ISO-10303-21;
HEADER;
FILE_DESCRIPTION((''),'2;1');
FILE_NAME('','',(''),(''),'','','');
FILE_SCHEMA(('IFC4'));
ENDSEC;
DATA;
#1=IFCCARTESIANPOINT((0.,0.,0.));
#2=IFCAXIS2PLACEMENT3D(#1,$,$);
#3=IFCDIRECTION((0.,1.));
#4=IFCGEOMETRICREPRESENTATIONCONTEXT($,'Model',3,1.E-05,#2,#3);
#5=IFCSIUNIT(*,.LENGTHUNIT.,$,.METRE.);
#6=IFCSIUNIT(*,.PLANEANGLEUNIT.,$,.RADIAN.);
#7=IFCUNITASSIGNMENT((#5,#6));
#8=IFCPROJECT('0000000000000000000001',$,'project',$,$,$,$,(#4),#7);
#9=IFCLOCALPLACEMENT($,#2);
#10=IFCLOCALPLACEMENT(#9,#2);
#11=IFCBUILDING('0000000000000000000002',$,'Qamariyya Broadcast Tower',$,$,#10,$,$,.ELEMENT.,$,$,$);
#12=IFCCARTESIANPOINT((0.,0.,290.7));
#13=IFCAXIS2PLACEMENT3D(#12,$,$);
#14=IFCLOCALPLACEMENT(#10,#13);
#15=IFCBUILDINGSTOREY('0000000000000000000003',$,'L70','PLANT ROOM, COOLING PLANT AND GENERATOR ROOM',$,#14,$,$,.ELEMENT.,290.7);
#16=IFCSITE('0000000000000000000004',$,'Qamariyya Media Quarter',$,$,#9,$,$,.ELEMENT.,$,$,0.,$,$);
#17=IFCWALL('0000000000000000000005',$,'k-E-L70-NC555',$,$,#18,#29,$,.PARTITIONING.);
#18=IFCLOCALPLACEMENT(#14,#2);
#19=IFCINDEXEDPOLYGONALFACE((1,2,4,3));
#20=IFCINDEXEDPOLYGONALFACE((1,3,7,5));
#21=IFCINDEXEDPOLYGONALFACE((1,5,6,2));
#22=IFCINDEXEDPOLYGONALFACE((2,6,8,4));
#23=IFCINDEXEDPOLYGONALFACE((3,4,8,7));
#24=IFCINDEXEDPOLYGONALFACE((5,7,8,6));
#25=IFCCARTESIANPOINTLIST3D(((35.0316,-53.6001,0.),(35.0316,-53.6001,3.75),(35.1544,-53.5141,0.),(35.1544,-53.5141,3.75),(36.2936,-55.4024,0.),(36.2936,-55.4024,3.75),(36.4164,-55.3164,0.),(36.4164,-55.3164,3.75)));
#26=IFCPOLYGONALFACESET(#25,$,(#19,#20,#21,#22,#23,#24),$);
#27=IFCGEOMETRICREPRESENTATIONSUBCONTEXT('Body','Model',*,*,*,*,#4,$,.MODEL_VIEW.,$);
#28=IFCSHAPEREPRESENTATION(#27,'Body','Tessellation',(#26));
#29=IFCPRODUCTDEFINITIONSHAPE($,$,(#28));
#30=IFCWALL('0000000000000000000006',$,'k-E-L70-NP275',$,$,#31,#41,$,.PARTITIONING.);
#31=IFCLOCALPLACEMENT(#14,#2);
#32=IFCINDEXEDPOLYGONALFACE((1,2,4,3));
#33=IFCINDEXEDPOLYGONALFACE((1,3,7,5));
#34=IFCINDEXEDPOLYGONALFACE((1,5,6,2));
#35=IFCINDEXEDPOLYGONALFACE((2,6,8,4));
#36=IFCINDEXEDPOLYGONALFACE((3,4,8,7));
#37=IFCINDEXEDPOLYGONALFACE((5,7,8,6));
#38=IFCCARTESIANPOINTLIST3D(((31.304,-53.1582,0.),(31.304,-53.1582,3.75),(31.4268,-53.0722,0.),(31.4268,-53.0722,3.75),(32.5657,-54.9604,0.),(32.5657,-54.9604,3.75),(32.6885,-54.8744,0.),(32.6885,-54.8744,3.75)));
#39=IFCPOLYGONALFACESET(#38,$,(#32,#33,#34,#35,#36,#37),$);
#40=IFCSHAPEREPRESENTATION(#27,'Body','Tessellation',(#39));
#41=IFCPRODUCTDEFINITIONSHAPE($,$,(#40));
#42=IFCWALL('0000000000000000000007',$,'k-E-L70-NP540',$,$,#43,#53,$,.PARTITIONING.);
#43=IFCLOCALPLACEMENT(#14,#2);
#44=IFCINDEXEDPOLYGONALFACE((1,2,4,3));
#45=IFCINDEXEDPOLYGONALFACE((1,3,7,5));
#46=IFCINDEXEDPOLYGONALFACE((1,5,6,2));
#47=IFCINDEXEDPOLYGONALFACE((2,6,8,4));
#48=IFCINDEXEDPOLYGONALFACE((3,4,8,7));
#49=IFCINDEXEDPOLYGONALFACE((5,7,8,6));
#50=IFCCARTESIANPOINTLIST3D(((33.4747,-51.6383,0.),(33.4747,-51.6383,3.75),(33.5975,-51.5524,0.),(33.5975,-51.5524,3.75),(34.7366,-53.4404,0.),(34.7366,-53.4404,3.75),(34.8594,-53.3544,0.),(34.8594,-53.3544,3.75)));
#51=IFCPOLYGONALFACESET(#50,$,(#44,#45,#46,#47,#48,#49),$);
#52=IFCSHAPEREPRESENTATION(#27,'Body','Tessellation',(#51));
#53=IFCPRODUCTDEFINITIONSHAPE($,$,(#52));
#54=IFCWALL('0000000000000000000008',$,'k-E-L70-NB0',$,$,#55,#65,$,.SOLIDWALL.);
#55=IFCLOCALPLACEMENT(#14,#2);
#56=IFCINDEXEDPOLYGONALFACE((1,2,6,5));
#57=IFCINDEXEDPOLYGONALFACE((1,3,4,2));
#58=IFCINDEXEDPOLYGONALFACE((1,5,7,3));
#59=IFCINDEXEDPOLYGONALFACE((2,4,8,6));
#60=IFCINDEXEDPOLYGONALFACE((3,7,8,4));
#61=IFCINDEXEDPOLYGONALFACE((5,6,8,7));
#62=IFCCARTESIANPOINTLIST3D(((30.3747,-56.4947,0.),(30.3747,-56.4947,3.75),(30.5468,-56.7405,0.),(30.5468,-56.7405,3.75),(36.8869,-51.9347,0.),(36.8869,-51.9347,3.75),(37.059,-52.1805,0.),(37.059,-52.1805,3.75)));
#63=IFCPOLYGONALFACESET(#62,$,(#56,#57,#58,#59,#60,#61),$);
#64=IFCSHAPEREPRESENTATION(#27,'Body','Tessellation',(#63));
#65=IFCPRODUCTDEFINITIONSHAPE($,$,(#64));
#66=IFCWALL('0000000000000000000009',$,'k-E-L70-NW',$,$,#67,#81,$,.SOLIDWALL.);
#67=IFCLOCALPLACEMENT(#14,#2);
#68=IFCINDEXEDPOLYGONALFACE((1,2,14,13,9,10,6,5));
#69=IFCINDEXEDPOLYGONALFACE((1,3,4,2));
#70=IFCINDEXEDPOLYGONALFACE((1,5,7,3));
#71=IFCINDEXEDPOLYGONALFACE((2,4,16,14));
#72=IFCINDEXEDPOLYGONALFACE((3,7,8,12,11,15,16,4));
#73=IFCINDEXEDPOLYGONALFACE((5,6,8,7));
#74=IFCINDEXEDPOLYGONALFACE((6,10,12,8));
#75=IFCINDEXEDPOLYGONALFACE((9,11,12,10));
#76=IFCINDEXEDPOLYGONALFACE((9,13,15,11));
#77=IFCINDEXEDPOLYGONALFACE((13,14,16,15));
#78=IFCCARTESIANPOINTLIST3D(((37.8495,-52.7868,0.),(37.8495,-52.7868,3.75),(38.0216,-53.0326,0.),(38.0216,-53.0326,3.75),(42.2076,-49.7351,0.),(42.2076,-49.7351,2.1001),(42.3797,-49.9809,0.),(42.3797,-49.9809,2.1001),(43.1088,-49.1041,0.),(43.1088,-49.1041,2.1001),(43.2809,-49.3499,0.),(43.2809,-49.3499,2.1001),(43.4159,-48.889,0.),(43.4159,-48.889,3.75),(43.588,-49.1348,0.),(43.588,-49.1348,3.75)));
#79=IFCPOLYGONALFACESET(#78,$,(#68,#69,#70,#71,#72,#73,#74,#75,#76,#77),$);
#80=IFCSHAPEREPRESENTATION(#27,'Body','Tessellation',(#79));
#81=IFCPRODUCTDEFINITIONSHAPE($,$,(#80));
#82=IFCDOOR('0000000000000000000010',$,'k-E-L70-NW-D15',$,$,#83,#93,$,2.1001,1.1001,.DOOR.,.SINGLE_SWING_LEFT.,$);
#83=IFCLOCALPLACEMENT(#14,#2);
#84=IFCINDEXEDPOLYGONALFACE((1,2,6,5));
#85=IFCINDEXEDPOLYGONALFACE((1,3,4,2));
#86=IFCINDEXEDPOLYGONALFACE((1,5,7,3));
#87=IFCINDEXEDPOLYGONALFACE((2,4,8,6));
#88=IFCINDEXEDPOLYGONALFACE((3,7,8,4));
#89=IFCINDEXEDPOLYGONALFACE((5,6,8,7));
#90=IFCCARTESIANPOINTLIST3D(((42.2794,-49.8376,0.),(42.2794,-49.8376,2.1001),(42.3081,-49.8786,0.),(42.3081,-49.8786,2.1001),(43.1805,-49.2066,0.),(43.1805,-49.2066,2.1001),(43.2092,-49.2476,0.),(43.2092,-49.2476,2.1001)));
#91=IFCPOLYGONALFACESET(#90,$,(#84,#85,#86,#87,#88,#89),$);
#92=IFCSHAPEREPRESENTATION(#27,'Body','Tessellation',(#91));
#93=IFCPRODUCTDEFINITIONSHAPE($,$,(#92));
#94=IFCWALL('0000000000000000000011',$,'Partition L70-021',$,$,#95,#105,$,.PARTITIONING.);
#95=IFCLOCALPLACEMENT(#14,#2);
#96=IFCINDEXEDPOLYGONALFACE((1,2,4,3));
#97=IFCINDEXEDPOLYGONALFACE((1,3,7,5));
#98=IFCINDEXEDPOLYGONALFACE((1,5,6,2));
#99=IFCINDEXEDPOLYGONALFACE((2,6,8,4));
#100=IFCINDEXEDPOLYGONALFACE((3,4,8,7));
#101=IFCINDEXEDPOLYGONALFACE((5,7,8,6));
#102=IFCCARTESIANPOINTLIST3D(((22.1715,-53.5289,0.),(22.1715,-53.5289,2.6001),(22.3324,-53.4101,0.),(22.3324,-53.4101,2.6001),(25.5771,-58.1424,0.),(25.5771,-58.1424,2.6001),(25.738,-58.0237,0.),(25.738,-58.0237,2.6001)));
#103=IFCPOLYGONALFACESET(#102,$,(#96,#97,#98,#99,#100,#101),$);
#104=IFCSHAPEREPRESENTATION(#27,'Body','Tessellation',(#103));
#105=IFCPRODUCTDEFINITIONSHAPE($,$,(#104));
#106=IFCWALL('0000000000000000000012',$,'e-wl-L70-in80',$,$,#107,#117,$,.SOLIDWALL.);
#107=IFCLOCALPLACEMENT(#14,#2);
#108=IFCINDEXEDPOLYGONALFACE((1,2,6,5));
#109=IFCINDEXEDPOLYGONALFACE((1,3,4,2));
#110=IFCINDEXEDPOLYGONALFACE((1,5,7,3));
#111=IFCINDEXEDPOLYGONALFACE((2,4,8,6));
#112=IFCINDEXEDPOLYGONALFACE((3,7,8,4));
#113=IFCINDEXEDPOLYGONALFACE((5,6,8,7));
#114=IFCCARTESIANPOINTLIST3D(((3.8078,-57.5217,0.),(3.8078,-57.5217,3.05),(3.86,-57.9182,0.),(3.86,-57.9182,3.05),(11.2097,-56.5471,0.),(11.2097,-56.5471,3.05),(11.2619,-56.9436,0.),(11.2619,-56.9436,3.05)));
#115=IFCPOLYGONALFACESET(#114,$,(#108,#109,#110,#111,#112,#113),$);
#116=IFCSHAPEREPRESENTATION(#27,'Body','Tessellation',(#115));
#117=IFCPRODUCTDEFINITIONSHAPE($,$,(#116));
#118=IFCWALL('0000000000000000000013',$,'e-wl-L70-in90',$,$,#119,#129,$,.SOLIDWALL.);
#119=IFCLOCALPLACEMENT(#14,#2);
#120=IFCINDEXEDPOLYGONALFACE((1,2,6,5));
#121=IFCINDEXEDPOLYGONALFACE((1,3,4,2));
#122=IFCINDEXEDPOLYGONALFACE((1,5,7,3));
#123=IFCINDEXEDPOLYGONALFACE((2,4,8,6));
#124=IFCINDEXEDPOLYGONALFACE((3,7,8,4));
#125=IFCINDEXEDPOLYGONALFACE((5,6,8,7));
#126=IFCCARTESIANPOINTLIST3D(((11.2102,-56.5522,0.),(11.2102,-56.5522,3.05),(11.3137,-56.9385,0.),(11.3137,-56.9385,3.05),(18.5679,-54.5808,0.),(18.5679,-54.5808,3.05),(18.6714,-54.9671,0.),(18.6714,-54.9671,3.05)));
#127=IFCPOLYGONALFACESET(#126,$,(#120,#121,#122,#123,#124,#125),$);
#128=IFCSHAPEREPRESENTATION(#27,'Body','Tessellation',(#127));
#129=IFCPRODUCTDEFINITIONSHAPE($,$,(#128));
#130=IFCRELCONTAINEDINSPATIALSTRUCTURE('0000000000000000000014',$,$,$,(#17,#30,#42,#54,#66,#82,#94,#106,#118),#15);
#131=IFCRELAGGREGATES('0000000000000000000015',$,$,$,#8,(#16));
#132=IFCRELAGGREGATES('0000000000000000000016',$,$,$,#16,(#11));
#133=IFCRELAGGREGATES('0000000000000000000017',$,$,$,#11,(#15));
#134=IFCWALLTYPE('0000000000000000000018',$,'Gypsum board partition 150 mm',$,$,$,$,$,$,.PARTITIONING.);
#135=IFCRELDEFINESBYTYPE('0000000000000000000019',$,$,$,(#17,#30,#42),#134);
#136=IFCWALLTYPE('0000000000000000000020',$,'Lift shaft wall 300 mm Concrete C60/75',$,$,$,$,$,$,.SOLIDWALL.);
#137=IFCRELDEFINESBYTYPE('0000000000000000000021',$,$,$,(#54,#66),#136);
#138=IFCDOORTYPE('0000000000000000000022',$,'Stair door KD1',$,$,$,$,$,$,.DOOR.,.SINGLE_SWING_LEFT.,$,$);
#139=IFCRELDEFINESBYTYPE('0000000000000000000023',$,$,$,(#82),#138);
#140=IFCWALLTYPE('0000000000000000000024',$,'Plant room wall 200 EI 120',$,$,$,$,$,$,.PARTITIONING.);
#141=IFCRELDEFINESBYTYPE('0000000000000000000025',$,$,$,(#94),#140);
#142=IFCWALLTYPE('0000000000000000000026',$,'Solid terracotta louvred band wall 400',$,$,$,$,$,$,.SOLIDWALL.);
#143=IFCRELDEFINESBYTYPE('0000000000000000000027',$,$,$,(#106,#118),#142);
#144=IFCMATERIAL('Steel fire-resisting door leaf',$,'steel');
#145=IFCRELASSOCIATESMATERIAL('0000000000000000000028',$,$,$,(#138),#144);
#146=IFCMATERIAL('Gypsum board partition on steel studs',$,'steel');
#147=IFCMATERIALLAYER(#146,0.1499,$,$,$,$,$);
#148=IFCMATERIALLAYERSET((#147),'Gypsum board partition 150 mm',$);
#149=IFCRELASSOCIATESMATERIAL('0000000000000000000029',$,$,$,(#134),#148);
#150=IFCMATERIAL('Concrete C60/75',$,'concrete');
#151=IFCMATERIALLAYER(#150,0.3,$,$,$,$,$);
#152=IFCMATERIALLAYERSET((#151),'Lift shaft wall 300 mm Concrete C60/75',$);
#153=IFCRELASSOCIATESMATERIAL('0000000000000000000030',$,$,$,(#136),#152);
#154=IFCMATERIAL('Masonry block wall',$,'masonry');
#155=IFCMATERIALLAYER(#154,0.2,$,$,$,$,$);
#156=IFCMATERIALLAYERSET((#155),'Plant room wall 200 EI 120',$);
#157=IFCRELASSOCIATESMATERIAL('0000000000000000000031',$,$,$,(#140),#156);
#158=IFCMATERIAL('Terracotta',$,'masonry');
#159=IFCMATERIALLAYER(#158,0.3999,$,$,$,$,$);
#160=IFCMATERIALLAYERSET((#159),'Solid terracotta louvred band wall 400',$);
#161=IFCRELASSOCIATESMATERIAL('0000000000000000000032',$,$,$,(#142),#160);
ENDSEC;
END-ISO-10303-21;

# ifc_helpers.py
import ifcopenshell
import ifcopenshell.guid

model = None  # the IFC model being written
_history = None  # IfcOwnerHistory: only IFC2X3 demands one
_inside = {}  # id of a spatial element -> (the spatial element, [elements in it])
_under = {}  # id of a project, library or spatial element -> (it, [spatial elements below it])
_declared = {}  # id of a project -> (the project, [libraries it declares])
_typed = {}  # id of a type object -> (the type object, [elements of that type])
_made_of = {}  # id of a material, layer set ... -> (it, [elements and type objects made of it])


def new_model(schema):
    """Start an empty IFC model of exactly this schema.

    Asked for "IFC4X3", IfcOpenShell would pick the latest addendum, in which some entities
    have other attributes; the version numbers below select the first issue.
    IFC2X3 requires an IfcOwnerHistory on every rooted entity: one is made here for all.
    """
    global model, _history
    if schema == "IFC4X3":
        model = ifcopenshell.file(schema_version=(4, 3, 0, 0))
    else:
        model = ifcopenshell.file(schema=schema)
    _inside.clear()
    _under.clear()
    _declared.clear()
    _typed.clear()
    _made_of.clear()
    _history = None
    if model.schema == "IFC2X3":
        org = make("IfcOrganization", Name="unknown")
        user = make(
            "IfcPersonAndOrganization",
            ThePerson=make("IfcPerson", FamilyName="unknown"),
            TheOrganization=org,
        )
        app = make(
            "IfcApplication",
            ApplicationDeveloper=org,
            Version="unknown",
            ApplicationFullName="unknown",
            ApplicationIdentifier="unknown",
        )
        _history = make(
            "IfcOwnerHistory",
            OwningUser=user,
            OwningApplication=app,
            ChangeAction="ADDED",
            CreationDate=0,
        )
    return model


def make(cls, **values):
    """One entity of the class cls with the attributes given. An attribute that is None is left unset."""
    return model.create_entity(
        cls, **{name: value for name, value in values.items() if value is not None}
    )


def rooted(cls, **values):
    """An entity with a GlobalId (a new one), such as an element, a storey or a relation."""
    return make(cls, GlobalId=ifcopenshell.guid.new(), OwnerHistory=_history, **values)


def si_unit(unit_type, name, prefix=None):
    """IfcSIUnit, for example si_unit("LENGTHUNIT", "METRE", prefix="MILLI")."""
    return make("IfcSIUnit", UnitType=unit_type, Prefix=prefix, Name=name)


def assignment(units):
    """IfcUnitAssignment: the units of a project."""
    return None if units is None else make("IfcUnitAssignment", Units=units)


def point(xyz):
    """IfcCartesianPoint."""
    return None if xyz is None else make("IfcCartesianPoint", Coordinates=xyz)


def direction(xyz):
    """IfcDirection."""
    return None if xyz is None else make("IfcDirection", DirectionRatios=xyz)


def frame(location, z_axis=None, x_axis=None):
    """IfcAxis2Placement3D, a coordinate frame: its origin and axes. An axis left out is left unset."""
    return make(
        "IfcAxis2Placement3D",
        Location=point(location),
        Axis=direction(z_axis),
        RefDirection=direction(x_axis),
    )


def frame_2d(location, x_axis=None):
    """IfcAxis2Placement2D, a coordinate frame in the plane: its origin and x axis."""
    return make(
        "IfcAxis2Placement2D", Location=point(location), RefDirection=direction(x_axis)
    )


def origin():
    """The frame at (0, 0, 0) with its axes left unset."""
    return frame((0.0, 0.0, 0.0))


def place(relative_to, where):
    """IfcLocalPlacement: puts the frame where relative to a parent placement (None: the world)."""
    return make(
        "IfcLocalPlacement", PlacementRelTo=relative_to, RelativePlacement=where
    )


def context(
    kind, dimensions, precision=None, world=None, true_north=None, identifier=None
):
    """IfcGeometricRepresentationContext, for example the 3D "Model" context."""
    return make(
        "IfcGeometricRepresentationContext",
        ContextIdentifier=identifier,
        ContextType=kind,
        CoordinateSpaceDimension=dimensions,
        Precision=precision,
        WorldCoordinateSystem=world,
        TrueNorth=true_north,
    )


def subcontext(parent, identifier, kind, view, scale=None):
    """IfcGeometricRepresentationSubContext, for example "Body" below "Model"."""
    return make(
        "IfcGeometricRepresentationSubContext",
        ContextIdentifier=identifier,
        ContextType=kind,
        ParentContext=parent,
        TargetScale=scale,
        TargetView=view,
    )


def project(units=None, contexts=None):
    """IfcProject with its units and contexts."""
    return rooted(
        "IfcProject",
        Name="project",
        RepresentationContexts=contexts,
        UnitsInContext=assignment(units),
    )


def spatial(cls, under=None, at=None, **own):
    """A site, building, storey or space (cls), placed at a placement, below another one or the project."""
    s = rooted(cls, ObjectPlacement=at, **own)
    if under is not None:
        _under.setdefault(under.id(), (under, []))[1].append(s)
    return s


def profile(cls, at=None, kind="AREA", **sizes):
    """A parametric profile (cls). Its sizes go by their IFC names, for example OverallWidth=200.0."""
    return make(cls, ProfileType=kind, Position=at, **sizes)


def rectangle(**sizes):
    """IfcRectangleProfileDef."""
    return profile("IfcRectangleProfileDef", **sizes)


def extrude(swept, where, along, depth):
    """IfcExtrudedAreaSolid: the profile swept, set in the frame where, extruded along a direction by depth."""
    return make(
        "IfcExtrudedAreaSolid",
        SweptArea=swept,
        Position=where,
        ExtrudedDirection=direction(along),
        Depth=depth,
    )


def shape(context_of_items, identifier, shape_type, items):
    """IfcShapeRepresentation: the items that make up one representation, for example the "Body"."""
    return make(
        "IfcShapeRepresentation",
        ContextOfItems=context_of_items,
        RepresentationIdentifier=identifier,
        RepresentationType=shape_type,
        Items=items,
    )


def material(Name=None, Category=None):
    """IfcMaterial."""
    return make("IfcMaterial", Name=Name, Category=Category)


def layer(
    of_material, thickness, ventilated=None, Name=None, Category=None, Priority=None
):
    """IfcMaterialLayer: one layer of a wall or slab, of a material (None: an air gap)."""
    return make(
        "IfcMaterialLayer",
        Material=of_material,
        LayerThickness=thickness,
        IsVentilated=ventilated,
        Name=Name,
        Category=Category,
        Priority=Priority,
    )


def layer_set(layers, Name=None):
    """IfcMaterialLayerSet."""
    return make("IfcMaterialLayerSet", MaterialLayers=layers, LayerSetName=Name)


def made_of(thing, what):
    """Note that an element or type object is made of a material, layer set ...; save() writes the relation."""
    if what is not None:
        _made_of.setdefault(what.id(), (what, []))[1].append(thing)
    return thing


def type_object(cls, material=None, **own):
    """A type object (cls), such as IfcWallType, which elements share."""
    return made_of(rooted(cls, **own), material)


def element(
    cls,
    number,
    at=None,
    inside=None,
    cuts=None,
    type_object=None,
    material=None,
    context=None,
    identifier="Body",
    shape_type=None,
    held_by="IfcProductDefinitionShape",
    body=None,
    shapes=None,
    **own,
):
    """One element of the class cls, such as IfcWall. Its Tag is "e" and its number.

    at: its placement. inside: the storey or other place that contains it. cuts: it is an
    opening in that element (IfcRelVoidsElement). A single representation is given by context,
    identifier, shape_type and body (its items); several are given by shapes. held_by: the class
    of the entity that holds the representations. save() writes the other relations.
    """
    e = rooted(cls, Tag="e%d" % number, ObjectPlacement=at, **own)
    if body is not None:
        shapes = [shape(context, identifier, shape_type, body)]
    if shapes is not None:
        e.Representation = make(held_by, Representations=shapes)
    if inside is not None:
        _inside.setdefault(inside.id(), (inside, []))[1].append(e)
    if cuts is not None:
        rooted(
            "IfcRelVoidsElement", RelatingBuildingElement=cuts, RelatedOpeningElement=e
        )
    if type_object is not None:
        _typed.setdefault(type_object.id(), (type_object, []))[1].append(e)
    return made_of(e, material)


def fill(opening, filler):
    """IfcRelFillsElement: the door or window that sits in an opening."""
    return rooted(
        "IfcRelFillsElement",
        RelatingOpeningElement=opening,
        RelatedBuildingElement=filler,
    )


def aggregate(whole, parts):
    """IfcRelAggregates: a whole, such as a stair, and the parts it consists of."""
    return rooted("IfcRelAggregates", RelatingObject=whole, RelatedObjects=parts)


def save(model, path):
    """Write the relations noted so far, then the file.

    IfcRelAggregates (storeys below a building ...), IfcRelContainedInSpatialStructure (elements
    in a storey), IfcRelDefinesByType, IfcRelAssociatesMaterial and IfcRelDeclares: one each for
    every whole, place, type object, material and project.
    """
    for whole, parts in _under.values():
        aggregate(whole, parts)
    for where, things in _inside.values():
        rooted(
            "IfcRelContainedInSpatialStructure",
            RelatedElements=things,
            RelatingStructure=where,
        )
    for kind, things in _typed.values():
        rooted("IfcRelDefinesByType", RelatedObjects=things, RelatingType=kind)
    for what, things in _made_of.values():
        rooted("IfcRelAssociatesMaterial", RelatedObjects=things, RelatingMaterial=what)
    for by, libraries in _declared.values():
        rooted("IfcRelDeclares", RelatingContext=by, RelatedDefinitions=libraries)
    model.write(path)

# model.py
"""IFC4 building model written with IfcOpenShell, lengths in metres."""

from ifc_helpers import new_model, si_unit, direction, frame, frame_2d, origin, place, context, subcontext, project, spatial, rectangle, extrude, material, layer, layer_set, type_object, element, fill, save


model = new_model("IFC4")

# Units and contexts
model_context = context("Model", 3, precision=1e-05, world=origin(), true_north=direction((0.0, 1.0)))
body_context = subcontext(model_context, "Body", "Model", "MODEL_VIEW")
ifc_project = project(units=[si_unit("LENGTHUNIT", "METRE"), si_unit("PLANEANGLEUNIT", "RADIAN")], contexts=[model_context])

# Site, building, storey
site_placement = place(None, origin())
site = spatial("IfcSite", under=ifc_project, at=site_placement, Name="Qamariyya Media Quarter", CompositionType="ELEMENT", RefElevation=0.0)
building_placement = place(site_placement, origin())
building = spatial("IfcBuilding", under=site, at=building_placement, Name="Qamariyya Broadcast Tower", CompositionType="ELEMENT")
storey_placement = place(building_placement, frame((0.0, 0.0, 290.7)))
storey = spatial("IfcBuildingStorey", under=building, at=storey_placement, Name="L70", Description="PLANT ROOM, COOLING PLANT AND GENERATOR ROOM", CompositionType="ELEMENT", Elevation=290.7)

# Shared definitions
ifc_material_1 = material(Name="Concrete C60/75", Category="concrete")
ifc_material_2 = material(Name="Steel fire-resisting door leaf", Category="steel")
door_type_1 = type_object("IfcDoorType", Name="Stair door KD1", OperationType="SINGLE_SWING_LEFT", PredefinedType="DOOR", material=ifc_material_2)

# Walls
ifc_material_3 = material(Name="Gypsum board partition on steel studs", Category="steel")
ifc_layer_1 = layer(ifc_material_3, 0.1499)
ifc_layer_set_1 = layer_set([ifc_layer_1], Name="Gypsum board partition 150 mm")
wall_type_1 = type_object("IfcWallType", Name="Gypsum board partition 150 mm", PredefinedType="PARTITIONING", material=ifc_layer_set_1)
wall_1_placement = place(storey_placement, frame((36.355, -55.3594, 0.0), z_axis=(0.0, 0.0, 1.0), x_axis=(-0.573581, 0.819149, 0.0)))
element("IfcWall", 1, at=wall_1_placement, inside=storey, type_object=wall_type_1, Name="k-E-L70-NC555", PredefinedType="PARTITIONING", context=body_context, shape_type="SweptSolid", body=[
    extrude(rectangle(XDim=2.2002, YDim=0.1499, at=frame_2d((1.1001, 0.0))), origin(), (0.0, 0.0, 1.0), 3.75),
])
for number, where, z_axis, x_axis, name in (
    (2, (32.6272, -54.9175, 0.0), (0.0, 0.0, 1.0), (-0.573507, 0.819201, 0.0), "k-E-L70-NP275"),
    (3, (34.7981, -53.3975, 0.0), (0.0, 0.0, 1.0), (-0.573634, 0.819112, 0.0), "k-E-L70-NP540"),
):
    element("IfcWall", number, at=place(storey_placement, frame(where, z_axis=z_axis, x_axis=x_axis)), inside=storey, type_object=wall_type_1, Name=name, PredefinedType="PARTITIONING", context=body_context, shape_type="SweptSolid", body=[
        extrude(rectangle(XDim=2.2, YDim=0.1499, at=frame_2d((1.1001, 0.0))), origin(), (0.0, 0.0, 1.0), 3.75),
    ])
ifc_layer_2 = layer(ifc_material_1, 0.3)
ifc_layer_set_2 = layer_set([ifc_layer_2], Name="Lift shaft wall 300 mm Concrete C60/75")
wall_type_2 = type_object("IfcWallType", Name="Lift shaft wall 300 mm Concrete C60/75", PredefinedType="SOLIDWALL", material=ifc_layer_set_2)
wall_2_placement = place(storey_placement, frame((30.4607, -56.6177, 0.0), z_axis=(0.0, 0.0, 1.0), x_axis=(0.819142, 0.57359, 0.0)))
element("IfcWall", 4, at=wall_2_placement, inside=storey, type_object=wall_type_2, Name="k-E-L70-NB0", PredefinedType="SOLIDWALL", context=body_context, shape_type="SweptSolid", body=[
    extrude(rectangle(XDim=7.95, YDim=0.3, at=frame_2d((3.9751, 0.0))), origin(), (0.0, 0.0, 1.0), 3.75),
])

# Wall, opening, door
wall_3_placement = place(storey_placement, frame((37.9355, -52.9097, 0.0), z_axis=(0.0, 0.0, 1.0), x_axis=(0.819148, 0.573583, 0.0)))
wall_3 = element("IfcWall", 5, at=wall_3_placement, inside=storey, type_object=wall_type_2, Name="k-E-L70-NW", PredefinedType="SOLIDWALL", context=body_context, shape_type="SweptSolid", body=[
    extrude(rectangle(XDim=6.7954, YDim=0.3, at=frame_2d((3.3977, 0.0))), origin(), (0.0, 0.0, 1.0), 3.75),
])
opening_1_placement = place(wall_3_placement, frame((5.3203, 0.0, 0.0)))
opening_1 = element("IfcOpeningElement", 6, at=opening_1_placement, cuts=wall_3, PredefinedType="OPENING", context=body_context, shape_type="SweptSolid", body=[
    extrude(rectangle(XDim=1.1001, YDim=2.1001, at=frame_2d((0.55, 1.05))), frame((0.0, 0.1599, 0.0), z_axis=(0.0, -1.0, 0.0), x_axis=(1.0, 0.0, 0.0)), (0.0, 0.0, 1.0), 0.3201),
])
door_1_placement = place(opening_1_placement, origin())
door_1 = element("IfcDoor", 7, at=door_1_placement, inside=storey, type_object=door_type_1, Name="k-E-L70-NW-D15", OperationType="SINGLE_SWING_LEFT", OverallHeight=2.1001, OverallWidth=1.1001, PredefinedType="DOOR", context=body_context, shape_type="SweptSolid", body=[
    extrude(rectangle(XDim=1.1001, YDim=2.1001, at=frame_2d((0.55, 1.05))), frame((0.0, 0.0249, 0.0), z_axis=(0.0, -1.0, 0.0), x_axis=(1.0, 0.0, 0.0)), (0.0, 0.0, 1.0), 0.05),
])
fill(opening_1, door_1)

# Walls
ifc_material_4 = material(Name="Masonry block wall", Category="masonry")
ifc_layer_3 = layer(ifc_material_4, 0.2)
ifc_layer_set_3 = layer_set([ifc_layer_3], Name="Plant room wall 200 EI 120")
wall_type_3 = type_object("IfcWallType", Name="Plant room wall 200 EI 120", PredefinedType="PARTITIONING", material=ifc_layer_set_3)
wall_4_placement = place(storey_placement, frame((22.252, -53.4695, 0.0), z_axis=(0.0, 0.0, 1.0), x_axis=(0.593886, -0.804549, 0.0)))
element("IfcWall", 8, at=wall_4_placement, inside=storey, type_object=wall_type_3, Name="Partition L70-021", PredefinedType="PARTITIONING", context=body_context, shape_type="SweptSolid", body=[
    extrude(rectangle(XDim=5.7344, YDim=0.2, at=frame_2d((2.8672, 0.0))), origin(), (0.0, 0.0, 1.0), 2.6001),
])
ifc_material_5 = material(Name="Terracotta", Category="masonry")
ifc_layer_4 = layer(ifc_material_5, 0.3999)
ifc_layer_set_4 = layer_set([ifc_layer_4], Name="Solid terracotta louvred band wall 400")
wall_type_4 = type_object("IfcWallType", Name="Solid terracotta louvred band wall 400", PredefinedType="SOLIDWALL", material=ifc_layer_set_4)
wall_5_placement = place(storey_placement, frame((11.2358, -56.7454, 0.0), z_axis=(0.0, 0.0, 1.0), x_axis=(-0.991442, -0.130544, 0.0)))
element("IfcWall", 9, at=wall_5_placement, inside=storey, type_object=wall_type_4, Name="e-wl-L70-in80", PredefinedType="SOLIDWALL", context=body_context, shape_type="SweptSolid", body=[
    extrude(rectangle(XDim=7.4658, YDim=0.3999, at=frame_2d((3.7329, 0.0))), origin(), (0.0, 0.0, 1.0), 3.05),
])
wall_6_placement = place(storey_placement, frame((18.6196, -54.7739, 0.0), z_axis=(0.0, 0.0, 1.0), x_axis=(-0.965927, -0.258814, 0.0)))
element("IfcWall", 10, at=wall_6_placement, inside=storey, type_object=wall_type_4, Name="e-wl-L70-in90", PredefinedType="SOLIDWALL", context=body_context, shape_type="SweptSolid", body=[
    extrude(rectangle(XDim=7.6172, YDim=0.3999, at=frame_2d((3.8086, 0.0))), origin(), (0.0, 0.0, 1.0), 3.05),
])

save(model, "model.ifc")
